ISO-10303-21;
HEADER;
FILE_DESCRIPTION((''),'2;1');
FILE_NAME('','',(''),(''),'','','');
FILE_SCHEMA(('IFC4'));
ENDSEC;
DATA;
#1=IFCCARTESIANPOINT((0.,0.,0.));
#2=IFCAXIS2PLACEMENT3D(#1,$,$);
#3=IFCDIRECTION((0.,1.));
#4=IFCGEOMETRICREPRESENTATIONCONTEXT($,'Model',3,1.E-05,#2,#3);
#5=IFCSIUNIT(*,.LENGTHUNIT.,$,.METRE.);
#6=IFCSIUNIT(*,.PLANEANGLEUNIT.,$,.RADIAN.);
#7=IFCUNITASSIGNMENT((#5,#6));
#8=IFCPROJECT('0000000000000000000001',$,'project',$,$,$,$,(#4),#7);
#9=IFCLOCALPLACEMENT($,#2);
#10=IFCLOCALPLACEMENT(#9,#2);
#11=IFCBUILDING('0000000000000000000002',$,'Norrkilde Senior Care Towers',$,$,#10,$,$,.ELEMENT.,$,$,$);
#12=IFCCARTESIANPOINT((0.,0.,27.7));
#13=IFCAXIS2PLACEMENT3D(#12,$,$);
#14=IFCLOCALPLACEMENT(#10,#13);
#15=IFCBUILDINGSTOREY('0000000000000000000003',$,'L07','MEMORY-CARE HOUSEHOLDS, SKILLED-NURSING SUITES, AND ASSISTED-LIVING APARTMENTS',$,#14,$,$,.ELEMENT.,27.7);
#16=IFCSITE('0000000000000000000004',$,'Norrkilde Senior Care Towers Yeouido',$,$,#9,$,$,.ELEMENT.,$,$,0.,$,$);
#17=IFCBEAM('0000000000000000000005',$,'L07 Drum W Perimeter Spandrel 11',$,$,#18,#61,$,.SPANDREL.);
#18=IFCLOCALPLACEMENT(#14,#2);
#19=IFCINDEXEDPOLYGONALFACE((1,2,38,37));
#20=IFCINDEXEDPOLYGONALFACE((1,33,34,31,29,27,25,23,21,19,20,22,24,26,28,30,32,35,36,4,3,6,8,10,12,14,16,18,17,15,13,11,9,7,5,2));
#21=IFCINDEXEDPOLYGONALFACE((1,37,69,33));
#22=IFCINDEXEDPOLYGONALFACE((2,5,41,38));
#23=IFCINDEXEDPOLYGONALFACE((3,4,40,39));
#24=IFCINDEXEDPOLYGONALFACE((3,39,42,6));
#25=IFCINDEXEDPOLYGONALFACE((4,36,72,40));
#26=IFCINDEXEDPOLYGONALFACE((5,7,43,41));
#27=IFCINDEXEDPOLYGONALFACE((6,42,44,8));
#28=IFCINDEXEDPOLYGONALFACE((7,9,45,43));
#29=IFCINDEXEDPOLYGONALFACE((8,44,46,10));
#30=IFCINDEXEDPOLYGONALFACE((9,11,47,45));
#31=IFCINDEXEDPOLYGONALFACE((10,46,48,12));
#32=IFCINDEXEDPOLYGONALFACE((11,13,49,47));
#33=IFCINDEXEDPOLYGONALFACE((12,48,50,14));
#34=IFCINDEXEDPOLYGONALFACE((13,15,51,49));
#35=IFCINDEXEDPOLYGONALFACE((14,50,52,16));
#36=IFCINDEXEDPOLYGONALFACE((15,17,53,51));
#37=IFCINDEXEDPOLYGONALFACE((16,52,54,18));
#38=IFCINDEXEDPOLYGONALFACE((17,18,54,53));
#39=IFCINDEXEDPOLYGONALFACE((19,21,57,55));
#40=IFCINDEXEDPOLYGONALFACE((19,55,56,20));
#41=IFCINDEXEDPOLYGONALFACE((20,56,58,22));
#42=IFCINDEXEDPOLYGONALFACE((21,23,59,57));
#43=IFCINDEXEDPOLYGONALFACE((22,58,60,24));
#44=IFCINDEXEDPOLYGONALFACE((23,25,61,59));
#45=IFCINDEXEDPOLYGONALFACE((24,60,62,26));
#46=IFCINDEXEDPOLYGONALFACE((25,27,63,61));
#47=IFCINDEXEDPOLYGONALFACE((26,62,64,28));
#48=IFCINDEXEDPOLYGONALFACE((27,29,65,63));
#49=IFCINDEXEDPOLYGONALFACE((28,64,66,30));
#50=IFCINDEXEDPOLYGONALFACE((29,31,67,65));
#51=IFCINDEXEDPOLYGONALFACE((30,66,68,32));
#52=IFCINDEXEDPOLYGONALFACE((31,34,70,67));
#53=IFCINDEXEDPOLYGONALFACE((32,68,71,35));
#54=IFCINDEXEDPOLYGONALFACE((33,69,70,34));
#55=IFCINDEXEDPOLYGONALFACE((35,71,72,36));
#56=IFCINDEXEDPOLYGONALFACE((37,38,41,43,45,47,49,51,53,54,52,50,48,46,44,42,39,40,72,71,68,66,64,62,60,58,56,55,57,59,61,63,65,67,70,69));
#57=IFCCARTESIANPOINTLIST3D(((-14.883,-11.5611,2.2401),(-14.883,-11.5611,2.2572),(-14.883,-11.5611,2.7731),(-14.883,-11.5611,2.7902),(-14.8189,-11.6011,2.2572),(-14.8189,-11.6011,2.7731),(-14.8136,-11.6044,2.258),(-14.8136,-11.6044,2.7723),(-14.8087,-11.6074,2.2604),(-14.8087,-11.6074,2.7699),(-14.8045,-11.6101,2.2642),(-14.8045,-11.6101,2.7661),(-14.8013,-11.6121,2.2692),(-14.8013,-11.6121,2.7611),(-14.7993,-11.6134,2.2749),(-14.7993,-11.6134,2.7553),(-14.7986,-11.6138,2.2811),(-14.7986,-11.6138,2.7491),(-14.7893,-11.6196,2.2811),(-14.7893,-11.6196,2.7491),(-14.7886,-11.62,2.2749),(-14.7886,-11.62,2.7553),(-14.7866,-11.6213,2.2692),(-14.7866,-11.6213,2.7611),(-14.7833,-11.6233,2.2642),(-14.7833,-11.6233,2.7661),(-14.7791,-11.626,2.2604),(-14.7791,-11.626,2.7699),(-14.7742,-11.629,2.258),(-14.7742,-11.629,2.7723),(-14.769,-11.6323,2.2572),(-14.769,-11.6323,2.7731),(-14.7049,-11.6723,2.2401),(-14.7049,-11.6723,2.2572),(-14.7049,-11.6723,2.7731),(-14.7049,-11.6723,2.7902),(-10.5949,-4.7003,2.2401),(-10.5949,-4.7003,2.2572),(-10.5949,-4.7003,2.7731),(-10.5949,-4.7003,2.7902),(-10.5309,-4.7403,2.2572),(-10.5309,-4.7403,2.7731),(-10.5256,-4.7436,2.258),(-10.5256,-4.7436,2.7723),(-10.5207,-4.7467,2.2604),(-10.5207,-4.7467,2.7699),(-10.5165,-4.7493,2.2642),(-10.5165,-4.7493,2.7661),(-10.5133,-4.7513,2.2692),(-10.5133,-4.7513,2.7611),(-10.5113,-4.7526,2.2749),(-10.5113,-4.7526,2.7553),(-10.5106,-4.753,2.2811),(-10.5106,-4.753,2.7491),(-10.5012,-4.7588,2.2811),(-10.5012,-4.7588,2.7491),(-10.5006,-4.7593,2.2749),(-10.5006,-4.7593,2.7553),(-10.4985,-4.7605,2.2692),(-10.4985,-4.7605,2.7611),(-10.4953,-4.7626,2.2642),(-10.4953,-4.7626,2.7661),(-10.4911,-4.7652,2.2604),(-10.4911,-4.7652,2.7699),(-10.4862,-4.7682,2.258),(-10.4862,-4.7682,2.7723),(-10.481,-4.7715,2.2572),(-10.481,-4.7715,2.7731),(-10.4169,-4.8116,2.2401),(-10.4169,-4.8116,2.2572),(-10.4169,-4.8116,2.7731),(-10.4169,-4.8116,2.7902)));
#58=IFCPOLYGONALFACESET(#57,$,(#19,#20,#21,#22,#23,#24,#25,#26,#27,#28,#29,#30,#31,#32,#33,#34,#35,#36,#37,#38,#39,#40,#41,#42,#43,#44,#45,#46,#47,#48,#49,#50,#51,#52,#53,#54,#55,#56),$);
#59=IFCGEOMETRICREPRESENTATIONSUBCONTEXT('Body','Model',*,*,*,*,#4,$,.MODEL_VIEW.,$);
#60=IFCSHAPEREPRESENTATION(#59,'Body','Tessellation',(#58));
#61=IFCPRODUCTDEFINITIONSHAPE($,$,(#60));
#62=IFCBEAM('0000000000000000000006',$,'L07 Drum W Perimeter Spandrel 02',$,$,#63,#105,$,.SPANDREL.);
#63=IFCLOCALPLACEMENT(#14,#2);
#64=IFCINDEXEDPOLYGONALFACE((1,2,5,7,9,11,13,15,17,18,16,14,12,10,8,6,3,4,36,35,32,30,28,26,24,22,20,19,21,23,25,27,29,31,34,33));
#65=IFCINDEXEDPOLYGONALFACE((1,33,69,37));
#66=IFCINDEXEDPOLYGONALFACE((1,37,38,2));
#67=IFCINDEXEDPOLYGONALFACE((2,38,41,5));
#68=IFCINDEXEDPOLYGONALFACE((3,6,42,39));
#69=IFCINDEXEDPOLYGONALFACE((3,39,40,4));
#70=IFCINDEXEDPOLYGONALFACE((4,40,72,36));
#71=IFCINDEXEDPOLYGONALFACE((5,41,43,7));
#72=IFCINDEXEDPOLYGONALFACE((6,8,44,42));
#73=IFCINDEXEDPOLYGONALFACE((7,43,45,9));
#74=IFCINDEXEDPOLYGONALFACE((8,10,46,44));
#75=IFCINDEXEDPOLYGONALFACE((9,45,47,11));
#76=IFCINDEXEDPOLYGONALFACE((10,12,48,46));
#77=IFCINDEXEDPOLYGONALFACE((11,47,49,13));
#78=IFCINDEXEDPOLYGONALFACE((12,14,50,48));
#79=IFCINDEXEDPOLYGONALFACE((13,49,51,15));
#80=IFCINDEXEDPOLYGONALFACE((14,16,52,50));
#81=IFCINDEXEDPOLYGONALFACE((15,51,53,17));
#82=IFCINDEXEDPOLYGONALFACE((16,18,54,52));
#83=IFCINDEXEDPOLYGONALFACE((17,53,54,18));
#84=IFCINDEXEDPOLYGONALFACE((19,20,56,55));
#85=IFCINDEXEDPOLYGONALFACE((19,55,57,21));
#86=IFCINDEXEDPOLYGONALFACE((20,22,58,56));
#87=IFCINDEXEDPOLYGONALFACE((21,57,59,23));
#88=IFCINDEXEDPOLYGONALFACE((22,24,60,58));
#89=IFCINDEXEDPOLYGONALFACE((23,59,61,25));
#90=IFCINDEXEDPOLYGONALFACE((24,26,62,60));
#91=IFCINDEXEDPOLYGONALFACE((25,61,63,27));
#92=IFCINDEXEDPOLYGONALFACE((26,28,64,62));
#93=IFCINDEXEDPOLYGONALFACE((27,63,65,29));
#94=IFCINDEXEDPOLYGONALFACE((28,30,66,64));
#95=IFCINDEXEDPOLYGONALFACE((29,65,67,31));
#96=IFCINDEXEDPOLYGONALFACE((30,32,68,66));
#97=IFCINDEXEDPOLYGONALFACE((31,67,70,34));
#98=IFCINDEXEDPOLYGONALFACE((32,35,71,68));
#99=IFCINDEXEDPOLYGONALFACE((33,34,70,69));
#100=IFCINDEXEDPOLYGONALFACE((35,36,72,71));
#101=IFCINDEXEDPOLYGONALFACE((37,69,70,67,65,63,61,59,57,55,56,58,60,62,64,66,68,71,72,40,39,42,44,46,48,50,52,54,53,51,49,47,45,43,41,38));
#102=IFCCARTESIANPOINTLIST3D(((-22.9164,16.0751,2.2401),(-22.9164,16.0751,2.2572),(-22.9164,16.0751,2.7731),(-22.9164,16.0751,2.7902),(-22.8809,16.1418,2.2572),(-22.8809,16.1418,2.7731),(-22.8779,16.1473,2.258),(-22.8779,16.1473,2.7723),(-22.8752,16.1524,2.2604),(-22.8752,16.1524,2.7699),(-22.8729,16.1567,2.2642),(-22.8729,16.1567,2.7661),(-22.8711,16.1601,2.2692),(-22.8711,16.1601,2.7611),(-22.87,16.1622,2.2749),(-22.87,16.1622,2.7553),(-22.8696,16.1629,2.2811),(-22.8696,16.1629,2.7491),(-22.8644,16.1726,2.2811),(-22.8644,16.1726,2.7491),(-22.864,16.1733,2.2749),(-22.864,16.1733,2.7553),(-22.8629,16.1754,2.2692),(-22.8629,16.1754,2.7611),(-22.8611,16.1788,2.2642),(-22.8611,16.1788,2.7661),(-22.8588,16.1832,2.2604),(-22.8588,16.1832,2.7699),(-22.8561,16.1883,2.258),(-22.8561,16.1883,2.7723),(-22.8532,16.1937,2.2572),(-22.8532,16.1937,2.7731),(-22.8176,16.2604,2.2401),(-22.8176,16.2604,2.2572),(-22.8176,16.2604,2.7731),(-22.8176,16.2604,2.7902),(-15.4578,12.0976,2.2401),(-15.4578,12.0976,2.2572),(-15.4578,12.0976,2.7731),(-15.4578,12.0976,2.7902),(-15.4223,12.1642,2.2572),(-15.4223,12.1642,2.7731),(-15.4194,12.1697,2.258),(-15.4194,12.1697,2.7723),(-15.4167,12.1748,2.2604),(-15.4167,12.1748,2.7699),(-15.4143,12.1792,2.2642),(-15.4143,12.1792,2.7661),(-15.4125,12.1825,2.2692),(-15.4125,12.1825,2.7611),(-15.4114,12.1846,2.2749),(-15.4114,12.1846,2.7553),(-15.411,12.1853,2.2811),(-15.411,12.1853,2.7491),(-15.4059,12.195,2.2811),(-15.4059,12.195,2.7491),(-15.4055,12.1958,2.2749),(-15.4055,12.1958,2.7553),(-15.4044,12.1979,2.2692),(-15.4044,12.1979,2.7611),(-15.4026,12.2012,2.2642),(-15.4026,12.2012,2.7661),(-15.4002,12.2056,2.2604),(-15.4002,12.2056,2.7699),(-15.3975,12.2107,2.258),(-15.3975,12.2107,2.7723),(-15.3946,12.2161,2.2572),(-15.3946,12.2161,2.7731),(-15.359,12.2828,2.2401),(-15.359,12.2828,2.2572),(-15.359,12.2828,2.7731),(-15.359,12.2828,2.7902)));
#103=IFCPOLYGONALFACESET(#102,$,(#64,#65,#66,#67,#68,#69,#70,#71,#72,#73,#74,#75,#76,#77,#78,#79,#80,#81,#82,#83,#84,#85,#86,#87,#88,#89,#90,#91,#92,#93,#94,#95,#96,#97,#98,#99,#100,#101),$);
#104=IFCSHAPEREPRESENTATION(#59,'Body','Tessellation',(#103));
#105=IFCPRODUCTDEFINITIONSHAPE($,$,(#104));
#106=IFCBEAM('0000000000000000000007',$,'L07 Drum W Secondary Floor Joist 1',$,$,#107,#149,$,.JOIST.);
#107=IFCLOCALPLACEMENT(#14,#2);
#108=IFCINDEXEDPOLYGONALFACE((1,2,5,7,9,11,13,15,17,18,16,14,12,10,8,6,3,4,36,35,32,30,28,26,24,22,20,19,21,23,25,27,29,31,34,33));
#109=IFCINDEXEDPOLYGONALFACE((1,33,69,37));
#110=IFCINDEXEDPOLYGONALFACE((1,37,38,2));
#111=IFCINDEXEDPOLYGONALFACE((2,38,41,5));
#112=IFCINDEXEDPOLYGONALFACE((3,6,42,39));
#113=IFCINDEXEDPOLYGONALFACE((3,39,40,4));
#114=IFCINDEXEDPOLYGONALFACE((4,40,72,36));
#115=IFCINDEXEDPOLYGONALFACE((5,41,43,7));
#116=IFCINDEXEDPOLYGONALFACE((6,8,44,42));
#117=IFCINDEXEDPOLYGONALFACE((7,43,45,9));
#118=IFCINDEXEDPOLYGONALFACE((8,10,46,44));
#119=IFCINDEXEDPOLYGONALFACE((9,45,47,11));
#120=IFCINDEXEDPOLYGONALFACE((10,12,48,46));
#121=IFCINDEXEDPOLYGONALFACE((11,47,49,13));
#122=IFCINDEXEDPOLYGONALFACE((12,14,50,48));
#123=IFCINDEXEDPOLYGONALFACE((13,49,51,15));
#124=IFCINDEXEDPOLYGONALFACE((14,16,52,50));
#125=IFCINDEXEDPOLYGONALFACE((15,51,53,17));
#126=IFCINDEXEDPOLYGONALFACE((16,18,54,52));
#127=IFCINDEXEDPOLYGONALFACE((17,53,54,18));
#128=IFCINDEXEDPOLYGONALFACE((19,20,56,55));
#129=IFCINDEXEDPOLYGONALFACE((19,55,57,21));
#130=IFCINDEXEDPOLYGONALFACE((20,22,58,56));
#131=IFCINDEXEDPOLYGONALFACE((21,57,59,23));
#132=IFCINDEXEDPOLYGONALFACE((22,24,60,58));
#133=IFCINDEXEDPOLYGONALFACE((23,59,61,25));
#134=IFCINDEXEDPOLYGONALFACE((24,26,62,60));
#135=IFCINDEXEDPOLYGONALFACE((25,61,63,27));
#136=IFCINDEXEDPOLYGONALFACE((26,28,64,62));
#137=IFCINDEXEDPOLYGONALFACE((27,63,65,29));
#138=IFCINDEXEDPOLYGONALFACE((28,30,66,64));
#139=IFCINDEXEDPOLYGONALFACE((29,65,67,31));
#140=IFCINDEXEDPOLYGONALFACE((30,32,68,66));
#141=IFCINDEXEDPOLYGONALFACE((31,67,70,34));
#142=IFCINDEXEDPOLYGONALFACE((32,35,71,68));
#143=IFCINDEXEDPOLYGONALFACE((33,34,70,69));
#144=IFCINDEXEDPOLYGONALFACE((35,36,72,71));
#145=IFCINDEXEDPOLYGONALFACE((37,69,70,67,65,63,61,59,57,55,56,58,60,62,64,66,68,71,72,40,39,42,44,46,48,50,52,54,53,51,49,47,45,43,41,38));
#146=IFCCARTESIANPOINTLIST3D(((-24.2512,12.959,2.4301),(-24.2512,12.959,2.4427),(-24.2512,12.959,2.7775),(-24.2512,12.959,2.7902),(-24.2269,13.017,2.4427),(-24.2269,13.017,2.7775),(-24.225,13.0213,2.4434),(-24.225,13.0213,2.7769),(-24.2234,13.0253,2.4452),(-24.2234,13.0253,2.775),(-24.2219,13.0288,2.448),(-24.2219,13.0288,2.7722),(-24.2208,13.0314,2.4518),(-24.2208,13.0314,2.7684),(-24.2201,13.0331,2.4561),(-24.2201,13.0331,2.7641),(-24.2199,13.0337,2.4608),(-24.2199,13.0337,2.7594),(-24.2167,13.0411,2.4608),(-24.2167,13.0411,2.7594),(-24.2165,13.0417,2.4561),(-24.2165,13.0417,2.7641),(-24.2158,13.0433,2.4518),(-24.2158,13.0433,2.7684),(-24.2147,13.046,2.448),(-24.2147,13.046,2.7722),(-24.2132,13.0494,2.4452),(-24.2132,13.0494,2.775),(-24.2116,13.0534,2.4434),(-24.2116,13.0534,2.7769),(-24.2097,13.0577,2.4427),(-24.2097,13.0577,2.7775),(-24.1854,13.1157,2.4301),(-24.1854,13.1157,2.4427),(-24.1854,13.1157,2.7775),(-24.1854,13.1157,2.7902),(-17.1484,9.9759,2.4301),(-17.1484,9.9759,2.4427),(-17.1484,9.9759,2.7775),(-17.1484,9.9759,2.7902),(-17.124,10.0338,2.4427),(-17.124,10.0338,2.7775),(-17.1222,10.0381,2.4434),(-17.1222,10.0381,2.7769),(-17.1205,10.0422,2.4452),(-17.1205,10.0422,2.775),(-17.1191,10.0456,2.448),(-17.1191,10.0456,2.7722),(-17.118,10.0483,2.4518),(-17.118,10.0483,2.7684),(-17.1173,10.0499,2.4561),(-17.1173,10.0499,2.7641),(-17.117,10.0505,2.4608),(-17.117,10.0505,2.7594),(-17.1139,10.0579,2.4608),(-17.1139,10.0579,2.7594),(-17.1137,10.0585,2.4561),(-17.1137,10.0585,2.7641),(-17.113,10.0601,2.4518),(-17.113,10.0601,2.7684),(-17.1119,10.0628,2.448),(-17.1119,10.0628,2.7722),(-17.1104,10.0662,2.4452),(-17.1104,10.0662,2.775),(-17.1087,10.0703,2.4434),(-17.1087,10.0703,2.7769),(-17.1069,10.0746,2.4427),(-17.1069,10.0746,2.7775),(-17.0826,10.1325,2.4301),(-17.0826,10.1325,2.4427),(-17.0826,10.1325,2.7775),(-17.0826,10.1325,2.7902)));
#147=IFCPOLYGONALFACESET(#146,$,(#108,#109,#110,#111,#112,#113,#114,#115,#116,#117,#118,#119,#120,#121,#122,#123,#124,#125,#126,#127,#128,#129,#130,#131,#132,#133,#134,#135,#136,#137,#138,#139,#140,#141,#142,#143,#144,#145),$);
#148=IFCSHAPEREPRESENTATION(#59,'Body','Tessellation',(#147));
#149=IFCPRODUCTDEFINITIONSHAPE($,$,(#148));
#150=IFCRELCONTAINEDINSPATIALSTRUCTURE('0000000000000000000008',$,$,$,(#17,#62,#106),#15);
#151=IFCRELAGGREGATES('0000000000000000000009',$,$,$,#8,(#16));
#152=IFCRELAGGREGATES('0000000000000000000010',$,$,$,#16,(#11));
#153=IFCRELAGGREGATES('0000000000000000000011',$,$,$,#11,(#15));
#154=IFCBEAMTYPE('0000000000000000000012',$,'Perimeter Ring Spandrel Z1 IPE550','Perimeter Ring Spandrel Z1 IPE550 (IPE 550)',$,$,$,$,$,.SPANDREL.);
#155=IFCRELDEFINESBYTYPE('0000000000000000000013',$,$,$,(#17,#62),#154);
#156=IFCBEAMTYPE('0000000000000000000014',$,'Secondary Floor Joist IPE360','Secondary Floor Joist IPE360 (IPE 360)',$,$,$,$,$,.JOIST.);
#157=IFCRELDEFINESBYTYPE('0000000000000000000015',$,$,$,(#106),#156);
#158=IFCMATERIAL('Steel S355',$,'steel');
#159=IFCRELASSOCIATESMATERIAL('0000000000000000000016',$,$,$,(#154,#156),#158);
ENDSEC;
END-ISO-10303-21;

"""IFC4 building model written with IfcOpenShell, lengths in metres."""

from ifc_helpers import new_model, si_unit, direction, frame, origin, origin_2d, place, context, subcontext, project, spatial, i_section, extrude, source, transform, mapped, material, material_profile, profile_set, type_object, type_shapes, element, save


model = new_model("IFC4")

# Units and contexts
model_context = context("Model", 3, precision=1e-05, world=origin(), true_north=direction((0.0, 1.0)))
body_context = subcontext(model_context, "Body", "Model", "MODEL_VIEW")
ifc_project = project(units=[si_unit("LENGTHUNIT", "METRE"), si_unit("PLANEANGLEUNIT", "RADIAN")], contexts=[model_context])

# Site, building, storey
site_placement = place(None, origin())
site = spatial("IfcSite", under=ifc_project, at=site_placement, Name="Norrkilde Senior Care Towers Yeouido", CompositionType="ELEMENT", RefElevation=0.0)
building_placement = place(site_placement, origin())
building = spatial("IfcBuilding", under=site, at=building_placement, Name="Norrkilde Senior Care Towers", CompositionType="ELEMENT")
storey_placement = place(building_placement, frame((0.0, 0.0, 27.7)))
storey = spatial("IfcBuildingStorey", under=building, at=storey_placement, Name="L07", Description="MEMORY-CARE HOUSEHOLDS, SKILLED-NURSING SUITES, AND ASSISTED-LIVING APARTMENTS", CompositionType="ELEMENT", Elevation=27.7)

# Beams
ifc_material_1 = material(Name="Steel S355", Category="steel")
ifc_material_profile_1 = material_profile(ifc_material_1, i_section(OverallWidth=0.21, OverallDepth=0.55, WebThickness=0.011, FlangeThickness=0.0171, FilletRadius=0.0239, at=origin_2d()), Name="IPE 550")
ifc_profile_set_1 = profile_set([ifc_material_profile_1], Name="Steel S355")
beam_type_1 = type_object("IfcBeamType", Name="Perimeter Ring Spandrel Z1 IPE550", Description="Perimeter Ring Spandrel Z1 IPE550 (IPE 550)", PredefinedType="SPANDREL", material=ifc_profile_set_1)
shared_shape_1 = source(origin(), body_context, "Body", "SweptSolid", [
    extrude(i_section(OverallWidth=0.21, OverallDepth=0.55, WebThickness=0.011, FlangeThickness=0.0171, FilletRadius=0.0239, at=origin_2d()), origin(), (0.0, 0.0, 1.0), 8.0906),
])
for number, where, z_axis, x_axis, name in (
    (1, (-14.7939, -11.6167, 2.5151), (0.530004, 0.847995, 0.0), (-0.847995, 0.530004, 0.0), "L07 Drum W Perimeter Spandrel 11"),
):
    element("IfcBeam", number, at=place(storey_placement, frame(where, z_axis=z_axis, x_axis=x_axis)), inside=storey, type_object=beam_type_1, Name=name, PredefinedType="SPANDREL", context=body_context, shape_type="MappedRepresentation", body=[
        mapped(shared_shape_1, transform((0.0, 0.0, 0.0), x_axis=(1.0, 0.0, 0.0), y_axis=(0.0, 1.0, 0.0), z_axis=(0.0, 0.0, 1.0), scale=1.0)),
    ])
shared_shape_2 = source(origin(), body_context, "Body", "SweptSolid", [
    extrude(i_section(OverallWidth=0.21, OverallDepth=0.55, WebThickness=0.011, FlangeThickness=0.0171, FilletRadius=0.0239, at=origin_2d()), origin(), (0.0, 0.0, 1.0), 8.4529),
])
type_shapes(beam_type_1, [shared_shape_1, shared_shape_2])
beam_1_placement = place(storey_placement, frame((-15.4084, 12.1902, 2.5151), z_axis=(-0.882369, 0.470558, 0.0), x_axis=(-0.470558, -0.882369, 0.0)))
element("IfcBeam", 2, at=beam_1_placement, inside=storey, type_object=beam_type_1, Name="L07 Drum W Perimeter Spandrel 02", PredefinedType="SPANDREL", context=body_context, shape_type="MappedRepresentation", body=[
    mapped(shared_shape_2, transform((0.0, 0.0, 0.0), x_axis=(1.0, 0.0, 0.0), y_axis=(0.0, 1.0, 0.0), z_axis=(0.0, 0.0, 1.0), scale=1.0)),
])
ifc_material_profile_2 = material_profile(ifc_material_1, i_section(OverallWidth=0.1699, OverallDepth=0.3601, WebThickness=0.0081, FlangeThickness=0.0127, FilletRadius=0.0181, at=origin_2d()), Name="IPE 360")
ifc_profile_set_2 = profile_set([ifc_material_profile_2], Name="Steel S355")
beam_type_2 = type_object("IfcBeamType", Name="Secondary Floor Joist IPE360", Description="Secondary Floor Joist IPE360 (IPE 360)", PredefinedType="JOIST", material=ifc_profile_set_2)
shared_shape_3 = source(origin(), body_context, "Body", "SweptSolid", [
    extrude(i_section(OverallWidth=0.1699, OverallDepth=0.3601, WebThickness=0.0081, FlangeThickness=0.0127, FilletRadius=0.0181, at=origin_2d()), origin(), (0.0, 0.0, 1.0), 7.7039),
])
beam_2_placement = place(storey_placement, frame((-17.1155, 10.0542, 2.6101), z_axis=(-0.921983, 0.387231, 0.0), x_axis=(-0.387231, -0.921983, 0.0)))
element("IfcBeam", 3, at=beam_2_placement, inside=storey, type_object=beam_type_2, Name="L07 Drum W Secondary Floor Joist 1", PredefinedType="JOIST", context=body_context, shape_type="MappedRepresentation", body=[
    mapped(shared_shape_3, transform((0.0, 0.0, 0.0), x_axis=(1.0, 0.0, 0.0), y_axis=(0.0, 1.0, 0.0), z_axis=(0.0, 0.0, 1.0), scale=1.0)),
])

save(model, "model.ifc")
